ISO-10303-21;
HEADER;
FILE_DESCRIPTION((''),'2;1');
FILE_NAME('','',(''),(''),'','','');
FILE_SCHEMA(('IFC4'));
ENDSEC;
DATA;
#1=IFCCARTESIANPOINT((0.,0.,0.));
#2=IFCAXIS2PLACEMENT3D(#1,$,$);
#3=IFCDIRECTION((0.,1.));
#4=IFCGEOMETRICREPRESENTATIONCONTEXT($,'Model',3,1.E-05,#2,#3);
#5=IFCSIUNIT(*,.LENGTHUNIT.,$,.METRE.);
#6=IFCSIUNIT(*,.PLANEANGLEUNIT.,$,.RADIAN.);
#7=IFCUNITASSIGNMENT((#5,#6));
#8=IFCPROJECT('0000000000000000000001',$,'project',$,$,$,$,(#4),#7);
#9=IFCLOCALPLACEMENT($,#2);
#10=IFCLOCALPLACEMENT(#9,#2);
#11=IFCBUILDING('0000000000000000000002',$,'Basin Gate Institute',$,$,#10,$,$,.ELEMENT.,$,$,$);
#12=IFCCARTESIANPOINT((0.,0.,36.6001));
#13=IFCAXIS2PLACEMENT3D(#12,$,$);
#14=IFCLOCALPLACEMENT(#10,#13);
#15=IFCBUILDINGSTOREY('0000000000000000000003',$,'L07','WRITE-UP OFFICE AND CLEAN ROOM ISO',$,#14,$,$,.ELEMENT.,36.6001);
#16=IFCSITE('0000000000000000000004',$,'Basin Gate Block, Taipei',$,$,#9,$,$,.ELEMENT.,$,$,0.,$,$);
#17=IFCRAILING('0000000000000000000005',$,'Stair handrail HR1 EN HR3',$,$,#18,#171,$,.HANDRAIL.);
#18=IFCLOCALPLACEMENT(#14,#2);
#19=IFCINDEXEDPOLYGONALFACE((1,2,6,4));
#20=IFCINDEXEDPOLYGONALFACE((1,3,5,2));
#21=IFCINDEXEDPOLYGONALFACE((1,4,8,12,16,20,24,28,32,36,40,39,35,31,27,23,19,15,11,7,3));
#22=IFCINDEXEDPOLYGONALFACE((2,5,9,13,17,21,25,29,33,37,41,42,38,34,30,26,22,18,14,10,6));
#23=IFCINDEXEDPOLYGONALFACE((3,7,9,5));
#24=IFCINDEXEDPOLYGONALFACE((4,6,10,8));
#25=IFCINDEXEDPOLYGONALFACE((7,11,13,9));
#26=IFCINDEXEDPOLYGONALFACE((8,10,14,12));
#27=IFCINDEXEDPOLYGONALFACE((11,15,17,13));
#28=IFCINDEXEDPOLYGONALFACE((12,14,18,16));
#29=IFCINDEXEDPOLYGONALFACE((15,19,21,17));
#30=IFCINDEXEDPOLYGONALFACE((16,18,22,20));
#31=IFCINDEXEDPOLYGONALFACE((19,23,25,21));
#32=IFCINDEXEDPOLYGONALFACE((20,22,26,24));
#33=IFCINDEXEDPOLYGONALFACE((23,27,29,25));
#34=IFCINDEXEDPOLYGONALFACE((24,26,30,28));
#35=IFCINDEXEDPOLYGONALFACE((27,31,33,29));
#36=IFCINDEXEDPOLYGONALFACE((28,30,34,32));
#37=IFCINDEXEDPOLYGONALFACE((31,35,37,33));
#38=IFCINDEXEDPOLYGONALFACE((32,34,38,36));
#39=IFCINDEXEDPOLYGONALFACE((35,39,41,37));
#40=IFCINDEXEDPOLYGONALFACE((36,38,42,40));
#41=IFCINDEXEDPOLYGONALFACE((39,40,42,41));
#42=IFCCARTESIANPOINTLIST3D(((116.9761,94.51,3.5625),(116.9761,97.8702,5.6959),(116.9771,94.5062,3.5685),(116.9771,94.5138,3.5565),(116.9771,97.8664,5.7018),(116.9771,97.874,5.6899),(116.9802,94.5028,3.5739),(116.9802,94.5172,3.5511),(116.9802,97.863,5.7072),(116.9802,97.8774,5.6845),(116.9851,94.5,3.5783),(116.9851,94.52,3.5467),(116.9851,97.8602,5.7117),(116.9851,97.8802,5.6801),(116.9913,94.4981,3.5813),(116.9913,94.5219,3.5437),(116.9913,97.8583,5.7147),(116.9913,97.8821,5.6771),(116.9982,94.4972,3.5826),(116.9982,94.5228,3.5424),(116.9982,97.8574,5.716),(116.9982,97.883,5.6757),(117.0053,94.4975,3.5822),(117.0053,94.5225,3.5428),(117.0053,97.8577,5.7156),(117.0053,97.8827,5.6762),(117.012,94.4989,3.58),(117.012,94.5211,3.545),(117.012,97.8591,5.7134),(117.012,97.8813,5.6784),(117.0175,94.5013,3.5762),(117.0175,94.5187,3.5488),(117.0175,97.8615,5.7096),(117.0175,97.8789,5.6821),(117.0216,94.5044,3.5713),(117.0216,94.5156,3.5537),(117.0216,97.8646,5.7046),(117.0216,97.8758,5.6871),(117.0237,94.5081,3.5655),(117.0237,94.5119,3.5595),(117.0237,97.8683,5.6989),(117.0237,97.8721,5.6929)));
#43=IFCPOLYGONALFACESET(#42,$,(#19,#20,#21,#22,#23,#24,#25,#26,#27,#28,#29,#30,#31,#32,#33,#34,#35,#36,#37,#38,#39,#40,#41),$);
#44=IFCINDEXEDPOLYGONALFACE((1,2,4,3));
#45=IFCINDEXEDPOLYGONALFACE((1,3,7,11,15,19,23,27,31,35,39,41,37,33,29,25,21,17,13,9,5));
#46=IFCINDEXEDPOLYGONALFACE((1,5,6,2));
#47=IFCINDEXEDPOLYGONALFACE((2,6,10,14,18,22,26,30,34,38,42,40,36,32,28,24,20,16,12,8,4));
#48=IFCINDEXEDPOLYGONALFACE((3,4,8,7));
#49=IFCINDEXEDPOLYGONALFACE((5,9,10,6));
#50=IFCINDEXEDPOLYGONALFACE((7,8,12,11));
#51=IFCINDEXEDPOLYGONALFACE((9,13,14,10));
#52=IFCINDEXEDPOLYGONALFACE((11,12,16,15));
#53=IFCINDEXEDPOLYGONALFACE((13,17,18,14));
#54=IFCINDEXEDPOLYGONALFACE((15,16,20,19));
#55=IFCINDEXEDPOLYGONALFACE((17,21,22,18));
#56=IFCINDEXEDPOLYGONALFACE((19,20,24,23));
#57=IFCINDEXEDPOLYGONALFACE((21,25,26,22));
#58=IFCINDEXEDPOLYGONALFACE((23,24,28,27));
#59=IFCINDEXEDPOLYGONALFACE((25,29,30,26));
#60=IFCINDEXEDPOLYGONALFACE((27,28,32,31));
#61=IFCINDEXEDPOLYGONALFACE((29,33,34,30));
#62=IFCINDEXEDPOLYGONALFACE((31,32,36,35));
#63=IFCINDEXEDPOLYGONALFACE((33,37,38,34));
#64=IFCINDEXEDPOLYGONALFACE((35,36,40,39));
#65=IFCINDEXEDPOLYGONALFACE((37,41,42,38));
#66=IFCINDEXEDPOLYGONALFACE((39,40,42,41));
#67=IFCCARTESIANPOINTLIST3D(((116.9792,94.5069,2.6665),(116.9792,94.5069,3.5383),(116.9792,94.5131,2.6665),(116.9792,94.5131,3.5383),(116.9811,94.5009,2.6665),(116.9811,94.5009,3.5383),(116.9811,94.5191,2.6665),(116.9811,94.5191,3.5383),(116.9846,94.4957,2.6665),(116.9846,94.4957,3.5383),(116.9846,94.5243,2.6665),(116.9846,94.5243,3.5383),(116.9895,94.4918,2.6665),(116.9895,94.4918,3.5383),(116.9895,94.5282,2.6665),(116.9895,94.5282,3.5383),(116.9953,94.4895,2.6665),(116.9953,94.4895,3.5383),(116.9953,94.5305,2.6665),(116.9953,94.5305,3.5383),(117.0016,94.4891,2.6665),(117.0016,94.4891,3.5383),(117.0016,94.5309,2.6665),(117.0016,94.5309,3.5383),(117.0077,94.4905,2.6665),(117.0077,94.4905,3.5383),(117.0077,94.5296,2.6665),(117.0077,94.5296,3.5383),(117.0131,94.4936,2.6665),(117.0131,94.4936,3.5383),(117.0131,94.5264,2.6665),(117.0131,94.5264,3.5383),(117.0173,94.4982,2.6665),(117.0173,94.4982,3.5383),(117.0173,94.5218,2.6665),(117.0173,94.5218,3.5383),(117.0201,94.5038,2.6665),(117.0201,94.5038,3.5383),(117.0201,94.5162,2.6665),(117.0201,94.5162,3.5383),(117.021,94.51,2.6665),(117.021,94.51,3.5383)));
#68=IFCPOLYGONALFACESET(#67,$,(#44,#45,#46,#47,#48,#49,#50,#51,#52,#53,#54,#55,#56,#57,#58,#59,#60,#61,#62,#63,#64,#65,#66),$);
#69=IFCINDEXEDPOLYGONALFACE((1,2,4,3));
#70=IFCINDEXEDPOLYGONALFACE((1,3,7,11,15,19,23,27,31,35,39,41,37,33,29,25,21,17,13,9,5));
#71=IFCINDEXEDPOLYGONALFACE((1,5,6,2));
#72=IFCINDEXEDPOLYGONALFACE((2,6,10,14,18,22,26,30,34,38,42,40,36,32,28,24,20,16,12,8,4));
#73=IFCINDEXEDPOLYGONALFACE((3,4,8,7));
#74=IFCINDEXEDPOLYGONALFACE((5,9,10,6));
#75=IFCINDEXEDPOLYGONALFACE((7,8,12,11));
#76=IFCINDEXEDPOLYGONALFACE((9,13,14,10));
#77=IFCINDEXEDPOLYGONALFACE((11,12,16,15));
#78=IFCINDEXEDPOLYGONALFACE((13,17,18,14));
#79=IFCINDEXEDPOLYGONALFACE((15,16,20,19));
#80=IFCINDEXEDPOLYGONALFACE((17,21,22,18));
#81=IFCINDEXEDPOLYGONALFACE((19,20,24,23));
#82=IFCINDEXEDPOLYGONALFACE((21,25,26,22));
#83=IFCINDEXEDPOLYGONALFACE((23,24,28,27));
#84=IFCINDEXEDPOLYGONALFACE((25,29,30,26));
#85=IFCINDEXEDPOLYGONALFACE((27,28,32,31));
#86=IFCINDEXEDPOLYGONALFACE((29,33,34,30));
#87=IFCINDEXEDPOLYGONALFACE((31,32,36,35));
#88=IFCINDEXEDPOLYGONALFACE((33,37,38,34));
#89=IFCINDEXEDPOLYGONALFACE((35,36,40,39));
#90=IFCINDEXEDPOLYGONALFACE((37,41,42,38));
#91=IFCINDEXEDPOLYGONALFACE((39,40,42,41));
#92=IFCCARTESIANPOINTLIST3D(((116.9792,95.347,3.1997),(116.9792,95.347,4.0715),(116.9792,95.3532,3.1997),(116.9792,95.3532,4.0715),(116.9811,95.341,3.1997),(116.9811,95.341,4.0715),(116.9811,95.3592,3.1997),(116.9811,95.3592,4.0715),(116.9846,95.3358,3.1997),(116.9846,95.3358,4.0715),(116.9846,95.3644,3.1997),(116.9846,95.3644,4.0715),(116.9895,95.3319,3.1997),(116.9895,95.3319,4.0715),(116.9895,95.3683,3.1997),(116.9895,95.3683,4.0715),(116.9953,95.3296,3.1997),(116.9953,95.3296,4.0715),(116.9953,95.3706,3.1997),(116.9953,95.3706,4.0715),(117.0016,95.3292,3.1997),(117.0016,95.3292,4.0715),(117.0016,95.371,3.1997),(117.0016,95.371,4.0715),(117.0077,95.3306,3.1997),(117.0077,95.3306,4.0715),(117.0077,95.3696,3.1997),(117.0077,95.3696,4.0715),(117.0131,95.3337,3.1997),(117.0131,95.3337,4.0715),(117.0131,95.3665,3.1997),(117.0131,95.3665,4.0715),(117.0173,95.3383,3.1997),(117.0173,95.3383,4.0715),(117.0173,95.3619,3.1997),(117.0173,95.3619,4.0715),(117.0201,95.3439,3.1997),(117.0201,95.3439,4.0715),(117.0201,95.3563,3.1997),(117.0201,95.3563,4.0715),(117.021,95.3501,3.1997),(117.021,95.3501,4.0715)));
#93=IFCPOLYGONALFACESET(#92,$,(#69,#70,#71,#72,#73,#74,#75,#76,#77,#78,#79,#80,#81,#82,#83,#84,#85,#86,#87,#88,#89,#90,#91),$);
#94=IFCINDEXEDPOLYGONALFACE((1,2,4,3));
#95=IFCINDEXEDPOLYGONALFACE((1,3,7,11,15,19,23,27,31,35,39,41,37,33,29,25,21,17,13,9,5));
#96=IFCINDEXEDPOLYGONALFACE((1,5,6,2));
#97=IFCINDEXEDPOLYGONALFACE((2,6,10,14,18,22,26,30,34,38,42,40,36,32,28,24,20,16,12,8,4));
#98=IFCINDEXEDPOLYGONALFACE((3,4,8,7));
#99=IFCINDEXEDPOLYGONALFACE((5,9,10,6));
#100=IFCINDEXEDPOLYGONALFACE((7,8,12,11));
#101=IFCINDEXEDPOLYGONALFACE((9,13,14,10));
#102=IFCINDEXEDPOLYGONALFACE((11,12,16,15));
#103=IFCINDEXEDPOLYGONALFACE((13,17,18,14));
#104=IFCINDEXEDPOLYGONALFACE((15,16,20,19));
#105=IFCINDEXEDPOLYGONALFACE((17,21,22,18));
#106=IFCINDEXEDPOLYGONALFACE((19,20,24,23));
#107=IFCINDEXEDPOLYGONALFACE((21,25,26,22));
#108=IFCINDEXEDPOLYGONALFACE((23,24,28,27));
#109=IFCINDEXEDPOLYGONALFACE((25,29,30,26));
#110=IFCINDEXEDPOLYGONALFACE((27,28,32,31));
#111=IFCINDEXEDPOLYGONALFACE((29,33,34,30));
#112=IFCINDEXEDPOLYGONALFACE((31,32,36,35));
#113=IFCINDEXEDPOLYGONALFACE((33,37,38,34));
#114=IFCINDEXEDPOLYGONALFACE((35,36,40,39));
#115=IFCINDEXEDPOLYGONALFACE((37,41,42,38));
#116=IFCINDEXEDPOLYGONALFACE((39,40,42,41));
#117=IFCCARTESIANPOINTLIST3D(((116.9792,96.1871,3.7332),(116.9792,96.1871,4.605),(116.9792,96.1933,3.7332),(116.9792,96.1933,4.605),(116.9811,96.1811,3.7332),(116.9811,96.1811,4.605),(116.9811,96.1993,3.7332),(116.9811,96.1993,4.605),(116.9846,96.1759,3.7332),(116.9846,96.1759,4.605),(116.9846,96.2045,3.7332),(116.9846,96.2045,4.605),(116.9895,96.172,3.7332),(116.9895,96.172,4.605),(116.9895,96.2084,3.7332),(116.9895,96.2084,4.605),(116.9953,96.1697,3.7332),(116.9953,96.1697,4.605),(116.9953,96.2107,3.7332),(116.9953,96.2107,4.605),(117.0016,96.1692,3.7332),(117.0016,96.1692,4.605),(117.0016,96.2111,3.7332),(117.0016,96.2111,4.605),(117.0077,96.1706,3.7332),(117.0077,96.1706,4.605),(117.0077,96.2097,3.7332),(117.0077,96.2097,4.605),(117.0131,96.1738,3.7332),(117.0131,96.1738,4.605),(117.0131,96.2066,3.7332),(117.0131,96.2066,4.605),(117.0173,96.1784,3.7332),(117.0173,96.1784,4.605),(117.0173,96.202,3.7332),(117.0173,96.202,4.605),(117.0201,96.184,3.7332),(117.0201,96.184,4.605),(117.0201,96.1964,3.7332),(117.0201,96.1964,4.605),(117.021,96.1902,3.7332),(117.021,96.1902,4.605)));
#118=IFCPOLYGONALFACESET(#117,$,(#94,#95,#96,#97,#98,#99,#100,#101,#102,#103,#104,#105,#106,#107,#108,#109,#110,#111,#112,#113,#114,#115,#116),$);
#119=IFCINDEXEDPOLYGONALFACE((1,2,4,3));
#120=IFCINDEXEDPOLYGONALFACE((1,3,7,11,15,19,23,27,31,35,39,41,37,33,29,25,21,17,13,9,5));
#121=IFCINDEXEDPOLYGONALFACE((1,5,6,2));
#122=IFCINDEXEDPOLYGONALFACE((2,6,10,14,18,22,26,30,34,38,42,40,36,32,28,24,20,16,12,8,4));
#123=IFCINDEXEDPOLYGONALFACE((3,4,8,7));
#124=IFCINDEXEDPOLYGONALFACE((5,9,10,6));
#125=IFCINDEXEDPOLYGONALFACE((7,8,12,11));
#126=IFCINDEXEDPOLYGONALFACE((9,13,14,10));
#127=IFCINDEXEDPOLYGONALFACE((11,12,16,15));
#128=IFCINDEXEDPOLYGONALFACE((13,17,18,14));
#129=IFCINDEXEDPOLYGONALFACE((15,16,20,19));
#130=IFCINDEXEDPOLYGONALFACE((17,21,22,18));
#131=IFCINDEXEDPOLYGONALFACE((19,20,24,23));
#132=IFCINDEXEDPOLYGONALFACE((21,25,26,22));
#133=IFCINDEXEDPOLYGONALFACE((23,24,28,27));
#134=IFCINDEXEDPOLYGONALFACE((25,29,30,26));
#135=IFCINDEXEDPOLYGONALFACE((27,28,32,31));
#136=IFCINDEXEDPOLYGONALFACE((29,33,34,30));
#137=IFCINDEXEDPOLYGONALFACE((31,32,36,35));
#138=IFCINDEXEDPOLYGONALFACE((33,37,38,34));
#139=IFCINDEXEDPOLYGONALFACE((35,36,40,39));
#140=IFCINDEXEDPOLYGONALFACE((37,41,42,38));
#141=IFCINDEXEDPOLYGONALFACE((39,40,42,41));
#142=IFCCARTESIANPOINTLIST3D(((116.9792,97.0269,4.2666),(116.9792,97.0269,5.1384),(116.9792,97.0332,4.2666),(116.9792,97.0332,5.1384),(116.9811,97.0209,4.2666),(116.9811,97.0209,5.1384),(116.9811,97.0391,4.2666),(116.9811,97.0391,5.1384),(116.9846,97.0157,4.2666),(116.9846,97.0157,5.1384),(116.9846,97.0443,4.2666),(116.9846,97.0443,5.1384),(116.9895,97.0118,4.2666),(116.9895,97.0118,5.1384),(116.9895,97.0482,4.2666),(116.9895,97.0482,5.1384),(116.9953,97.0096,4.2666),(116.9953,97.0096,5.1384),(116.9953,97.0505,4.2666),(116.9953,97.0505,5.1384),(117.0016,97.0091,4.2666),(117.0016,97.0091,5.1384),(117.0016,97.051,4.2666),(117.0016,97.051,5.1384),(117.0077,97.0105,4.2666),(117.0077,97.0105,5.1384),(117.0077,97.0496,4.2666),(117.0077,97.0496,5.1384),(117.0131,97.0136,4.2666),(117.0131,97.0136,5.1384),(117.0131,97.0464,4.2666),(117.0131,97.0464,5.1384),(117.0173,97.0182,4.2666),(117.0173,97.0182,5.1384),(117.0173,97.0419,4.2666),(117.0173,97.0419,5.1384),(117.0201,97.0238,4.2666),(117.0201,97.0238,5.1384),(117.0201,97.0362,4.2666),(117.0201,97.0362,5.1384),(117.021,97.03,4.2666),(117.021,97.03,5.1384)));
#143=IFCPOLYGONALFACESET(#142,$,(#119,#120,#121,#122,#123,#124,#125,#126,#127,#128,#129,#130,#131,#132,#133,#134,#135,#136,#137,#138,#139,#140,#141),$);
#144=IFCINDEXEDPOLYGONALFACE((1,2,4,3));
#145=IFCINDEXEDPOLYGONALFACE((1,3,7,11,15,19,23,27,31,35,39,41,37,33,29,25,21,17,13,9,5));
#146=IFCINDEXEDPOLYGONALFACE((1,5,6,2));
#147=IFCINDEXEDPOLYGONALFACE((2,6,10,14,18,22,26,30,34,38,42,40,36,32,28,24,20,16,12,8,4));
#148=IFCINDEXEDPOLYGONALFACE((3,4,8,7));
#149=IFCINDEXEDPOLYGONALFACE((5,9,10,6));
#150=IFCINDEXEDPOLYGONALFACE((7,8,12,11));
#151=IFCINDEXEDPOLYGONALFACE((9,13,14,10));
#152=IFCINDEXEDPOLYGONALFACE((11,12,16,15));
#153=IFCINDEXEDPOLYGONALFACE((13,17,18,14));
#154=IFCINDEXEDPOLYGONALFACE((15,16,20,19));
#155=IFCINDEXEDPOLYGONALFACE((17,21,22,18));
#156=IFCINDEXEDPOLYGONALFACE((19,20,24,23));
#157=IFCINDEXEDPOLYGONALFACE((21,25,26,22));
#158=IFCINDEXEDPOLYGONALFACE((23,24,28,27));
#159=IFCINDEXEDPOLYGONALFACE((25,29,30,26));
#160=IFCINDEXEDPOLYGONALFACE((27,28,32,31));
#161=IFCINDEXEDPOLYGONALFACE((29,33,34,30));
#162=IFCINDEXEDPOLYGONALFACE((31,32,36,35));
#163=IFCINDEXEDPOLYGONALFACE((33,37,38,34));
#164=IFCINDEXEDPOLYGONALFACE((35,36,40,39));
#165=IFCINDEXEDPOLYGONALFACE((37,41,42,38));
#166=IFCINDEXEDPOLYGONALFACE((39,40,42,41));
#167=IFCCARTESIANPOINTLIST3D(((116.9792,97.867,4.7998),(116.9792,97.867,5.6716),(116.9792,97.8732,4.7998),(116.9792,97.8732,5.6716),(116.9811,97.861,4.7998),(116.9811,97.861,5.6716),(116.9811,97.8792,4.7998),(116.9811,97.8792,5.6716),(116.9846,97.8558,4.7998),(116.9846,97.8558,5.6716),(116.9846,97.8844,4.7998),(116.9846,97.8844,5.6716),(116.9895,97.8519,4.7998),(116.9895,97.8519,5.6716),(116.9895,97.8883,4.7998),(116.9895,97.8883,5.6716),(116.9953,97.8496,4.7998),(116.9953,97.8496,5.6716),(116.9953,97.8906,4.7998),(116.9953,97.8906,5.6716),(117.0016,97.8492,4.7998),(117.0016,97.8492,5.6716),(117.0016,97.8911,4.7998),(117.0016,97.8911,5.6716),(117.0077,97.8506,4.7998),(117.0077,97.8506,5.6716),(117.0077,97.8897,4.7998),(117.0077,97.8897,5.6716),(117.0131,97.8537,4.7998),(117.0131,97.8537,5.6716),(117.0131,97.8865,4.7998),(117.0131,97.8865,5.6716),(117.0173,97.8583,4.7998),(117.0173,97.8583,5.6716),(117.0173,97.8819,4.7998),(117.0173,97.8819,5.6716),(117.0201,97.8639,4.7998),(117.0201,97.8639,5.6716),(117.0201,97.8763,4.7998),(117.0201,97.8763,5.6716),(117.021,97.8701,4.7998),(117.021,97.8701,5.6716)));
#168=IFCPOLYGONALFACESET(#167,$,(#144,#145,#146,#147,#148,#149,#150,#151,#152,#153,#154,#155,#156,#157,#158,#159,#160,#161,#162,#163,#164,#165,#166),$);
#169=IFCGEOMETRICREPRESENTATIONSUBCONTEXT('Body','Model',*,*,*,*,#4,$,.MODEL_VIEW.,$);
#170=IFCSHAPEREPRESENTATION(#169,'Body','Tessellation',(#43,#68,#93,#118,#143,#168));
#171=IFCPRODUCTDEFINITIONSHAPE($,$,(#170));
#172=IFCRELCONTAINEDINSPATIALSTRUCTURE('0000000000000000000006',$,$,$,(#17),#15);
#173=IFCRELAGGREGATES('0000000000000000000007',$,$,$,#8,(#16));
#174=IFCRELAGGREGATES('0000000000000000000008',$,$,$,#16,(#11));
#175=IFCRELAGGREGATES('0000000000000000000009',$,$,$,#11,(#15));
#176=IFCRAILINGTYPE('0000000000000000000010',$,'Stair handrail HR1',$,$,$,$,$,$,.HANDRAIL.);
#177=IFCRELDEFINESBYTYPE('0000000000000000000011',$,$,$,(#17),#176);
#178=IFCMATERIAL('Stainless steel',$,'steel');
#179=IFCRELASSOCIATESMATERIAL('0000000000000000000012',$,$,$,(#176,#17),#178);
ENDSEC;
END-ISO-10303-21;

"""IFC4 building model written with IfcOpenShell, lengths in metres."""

from ifc_helpers import new_model, si_unit, direction, frame, origin, origin_2d, place, context, subcontext, project, spatial, circle, extrude, material, type_object, element, save


model = new_model("IFC4")

# Units and contexts
model_context = context("Model", 3, precision=1e-05, world=origin(), true_north=direction((0.0, 1.0)))
body_context = subcontext(model_context, "Body", "Model", "MODEL_VIEW")
ifc_project = project(units=[si_unit("LENGTHUNIT", "METRE"), si_unit("PLANEANGLEUNIT", "RADIAN")], contexts=[model_context])

# Site, building, storey
site_placement = place(None, origin())
site = spatial("IfcSite", under=ifc_project, at=site_placement, Name="Basin Gate Block, Taipei", CompositionType="ELEMENT", RefElevation=0.0)
building_placement = place(site_placement, origin())
building = spatial("IfcBuilding", under=site, at=building_placement, Name="Basin Gate Institute", CompositionType="ELEMENT")
storey_placement = place(building_placement, frame((0.0, 0.0, 36.6001)))
storey = spatial("IfcBuildingStorey", under=building, at=storey_placement, Name="L07", Description="WRITE-UP OFFICE AND CLEAN ROOM ISO", CompositionType="ELEMENT", Elevation=36.6001)

# Railing
ifc_material_1 = material(Name="Stainless steel", Category="steel")
railing_type_1 = type_object("IfcRailingType", Name="Stair handrail HR1", PredefinedType="HANDRAIL", material=ifc_material_1)
railing_1_placement = place(storey_placement, frame((117.0, 94.51, 2.6665)))
element("IfcRailing", 1, at=railing_1_placement, inside=storey, type_object=railing_type_1, material=ifc_material_1, Name="Stair handrail HR1 EN HR3", PredefinedType="HANDRAIL", context=body_context, shape_type="SweptSolid", body=[
    extrude(circle(Radius=0.0239, at=origin_2d()), frame((0.0, 0.0, 0.896), z_axis=(0.0, 0.844224, 0.53599), x_axis=(-1.0, 0.0, 0.0)), (0.0, 0.0, 1.0), 3.9802),
    extrude(circle(Radius=0.021, at=origin_2d()), origin(), (0.0, 0.0, 1.0), 0.8718),
    extrude(circle(Radius=0.021, at=origin_2d()), frame((0.0, 0.8401, 0.5332)), (0.0, 0.0, 1.0), 0.8718),
    extrude(circle(Radius=0.021, at=origin_2d()), frame((0.0, 1.6802, 1.0667)), (0.0, 0.0, 1.0), 0.8718),
    extrude(circle(Radius=0.021, at=origin_2d()), frame((0.0, 2.52, 1.6001)), (0.0, 0.0, 1.0), 0.8718),
    extrude(circle(Radius=0.021, at=origin_2d()), frame((0.0, 3.3601, 2.1333)), (0.0, 0.0, 1.0), 0.8718),
])

save(model, "model.ifc")
